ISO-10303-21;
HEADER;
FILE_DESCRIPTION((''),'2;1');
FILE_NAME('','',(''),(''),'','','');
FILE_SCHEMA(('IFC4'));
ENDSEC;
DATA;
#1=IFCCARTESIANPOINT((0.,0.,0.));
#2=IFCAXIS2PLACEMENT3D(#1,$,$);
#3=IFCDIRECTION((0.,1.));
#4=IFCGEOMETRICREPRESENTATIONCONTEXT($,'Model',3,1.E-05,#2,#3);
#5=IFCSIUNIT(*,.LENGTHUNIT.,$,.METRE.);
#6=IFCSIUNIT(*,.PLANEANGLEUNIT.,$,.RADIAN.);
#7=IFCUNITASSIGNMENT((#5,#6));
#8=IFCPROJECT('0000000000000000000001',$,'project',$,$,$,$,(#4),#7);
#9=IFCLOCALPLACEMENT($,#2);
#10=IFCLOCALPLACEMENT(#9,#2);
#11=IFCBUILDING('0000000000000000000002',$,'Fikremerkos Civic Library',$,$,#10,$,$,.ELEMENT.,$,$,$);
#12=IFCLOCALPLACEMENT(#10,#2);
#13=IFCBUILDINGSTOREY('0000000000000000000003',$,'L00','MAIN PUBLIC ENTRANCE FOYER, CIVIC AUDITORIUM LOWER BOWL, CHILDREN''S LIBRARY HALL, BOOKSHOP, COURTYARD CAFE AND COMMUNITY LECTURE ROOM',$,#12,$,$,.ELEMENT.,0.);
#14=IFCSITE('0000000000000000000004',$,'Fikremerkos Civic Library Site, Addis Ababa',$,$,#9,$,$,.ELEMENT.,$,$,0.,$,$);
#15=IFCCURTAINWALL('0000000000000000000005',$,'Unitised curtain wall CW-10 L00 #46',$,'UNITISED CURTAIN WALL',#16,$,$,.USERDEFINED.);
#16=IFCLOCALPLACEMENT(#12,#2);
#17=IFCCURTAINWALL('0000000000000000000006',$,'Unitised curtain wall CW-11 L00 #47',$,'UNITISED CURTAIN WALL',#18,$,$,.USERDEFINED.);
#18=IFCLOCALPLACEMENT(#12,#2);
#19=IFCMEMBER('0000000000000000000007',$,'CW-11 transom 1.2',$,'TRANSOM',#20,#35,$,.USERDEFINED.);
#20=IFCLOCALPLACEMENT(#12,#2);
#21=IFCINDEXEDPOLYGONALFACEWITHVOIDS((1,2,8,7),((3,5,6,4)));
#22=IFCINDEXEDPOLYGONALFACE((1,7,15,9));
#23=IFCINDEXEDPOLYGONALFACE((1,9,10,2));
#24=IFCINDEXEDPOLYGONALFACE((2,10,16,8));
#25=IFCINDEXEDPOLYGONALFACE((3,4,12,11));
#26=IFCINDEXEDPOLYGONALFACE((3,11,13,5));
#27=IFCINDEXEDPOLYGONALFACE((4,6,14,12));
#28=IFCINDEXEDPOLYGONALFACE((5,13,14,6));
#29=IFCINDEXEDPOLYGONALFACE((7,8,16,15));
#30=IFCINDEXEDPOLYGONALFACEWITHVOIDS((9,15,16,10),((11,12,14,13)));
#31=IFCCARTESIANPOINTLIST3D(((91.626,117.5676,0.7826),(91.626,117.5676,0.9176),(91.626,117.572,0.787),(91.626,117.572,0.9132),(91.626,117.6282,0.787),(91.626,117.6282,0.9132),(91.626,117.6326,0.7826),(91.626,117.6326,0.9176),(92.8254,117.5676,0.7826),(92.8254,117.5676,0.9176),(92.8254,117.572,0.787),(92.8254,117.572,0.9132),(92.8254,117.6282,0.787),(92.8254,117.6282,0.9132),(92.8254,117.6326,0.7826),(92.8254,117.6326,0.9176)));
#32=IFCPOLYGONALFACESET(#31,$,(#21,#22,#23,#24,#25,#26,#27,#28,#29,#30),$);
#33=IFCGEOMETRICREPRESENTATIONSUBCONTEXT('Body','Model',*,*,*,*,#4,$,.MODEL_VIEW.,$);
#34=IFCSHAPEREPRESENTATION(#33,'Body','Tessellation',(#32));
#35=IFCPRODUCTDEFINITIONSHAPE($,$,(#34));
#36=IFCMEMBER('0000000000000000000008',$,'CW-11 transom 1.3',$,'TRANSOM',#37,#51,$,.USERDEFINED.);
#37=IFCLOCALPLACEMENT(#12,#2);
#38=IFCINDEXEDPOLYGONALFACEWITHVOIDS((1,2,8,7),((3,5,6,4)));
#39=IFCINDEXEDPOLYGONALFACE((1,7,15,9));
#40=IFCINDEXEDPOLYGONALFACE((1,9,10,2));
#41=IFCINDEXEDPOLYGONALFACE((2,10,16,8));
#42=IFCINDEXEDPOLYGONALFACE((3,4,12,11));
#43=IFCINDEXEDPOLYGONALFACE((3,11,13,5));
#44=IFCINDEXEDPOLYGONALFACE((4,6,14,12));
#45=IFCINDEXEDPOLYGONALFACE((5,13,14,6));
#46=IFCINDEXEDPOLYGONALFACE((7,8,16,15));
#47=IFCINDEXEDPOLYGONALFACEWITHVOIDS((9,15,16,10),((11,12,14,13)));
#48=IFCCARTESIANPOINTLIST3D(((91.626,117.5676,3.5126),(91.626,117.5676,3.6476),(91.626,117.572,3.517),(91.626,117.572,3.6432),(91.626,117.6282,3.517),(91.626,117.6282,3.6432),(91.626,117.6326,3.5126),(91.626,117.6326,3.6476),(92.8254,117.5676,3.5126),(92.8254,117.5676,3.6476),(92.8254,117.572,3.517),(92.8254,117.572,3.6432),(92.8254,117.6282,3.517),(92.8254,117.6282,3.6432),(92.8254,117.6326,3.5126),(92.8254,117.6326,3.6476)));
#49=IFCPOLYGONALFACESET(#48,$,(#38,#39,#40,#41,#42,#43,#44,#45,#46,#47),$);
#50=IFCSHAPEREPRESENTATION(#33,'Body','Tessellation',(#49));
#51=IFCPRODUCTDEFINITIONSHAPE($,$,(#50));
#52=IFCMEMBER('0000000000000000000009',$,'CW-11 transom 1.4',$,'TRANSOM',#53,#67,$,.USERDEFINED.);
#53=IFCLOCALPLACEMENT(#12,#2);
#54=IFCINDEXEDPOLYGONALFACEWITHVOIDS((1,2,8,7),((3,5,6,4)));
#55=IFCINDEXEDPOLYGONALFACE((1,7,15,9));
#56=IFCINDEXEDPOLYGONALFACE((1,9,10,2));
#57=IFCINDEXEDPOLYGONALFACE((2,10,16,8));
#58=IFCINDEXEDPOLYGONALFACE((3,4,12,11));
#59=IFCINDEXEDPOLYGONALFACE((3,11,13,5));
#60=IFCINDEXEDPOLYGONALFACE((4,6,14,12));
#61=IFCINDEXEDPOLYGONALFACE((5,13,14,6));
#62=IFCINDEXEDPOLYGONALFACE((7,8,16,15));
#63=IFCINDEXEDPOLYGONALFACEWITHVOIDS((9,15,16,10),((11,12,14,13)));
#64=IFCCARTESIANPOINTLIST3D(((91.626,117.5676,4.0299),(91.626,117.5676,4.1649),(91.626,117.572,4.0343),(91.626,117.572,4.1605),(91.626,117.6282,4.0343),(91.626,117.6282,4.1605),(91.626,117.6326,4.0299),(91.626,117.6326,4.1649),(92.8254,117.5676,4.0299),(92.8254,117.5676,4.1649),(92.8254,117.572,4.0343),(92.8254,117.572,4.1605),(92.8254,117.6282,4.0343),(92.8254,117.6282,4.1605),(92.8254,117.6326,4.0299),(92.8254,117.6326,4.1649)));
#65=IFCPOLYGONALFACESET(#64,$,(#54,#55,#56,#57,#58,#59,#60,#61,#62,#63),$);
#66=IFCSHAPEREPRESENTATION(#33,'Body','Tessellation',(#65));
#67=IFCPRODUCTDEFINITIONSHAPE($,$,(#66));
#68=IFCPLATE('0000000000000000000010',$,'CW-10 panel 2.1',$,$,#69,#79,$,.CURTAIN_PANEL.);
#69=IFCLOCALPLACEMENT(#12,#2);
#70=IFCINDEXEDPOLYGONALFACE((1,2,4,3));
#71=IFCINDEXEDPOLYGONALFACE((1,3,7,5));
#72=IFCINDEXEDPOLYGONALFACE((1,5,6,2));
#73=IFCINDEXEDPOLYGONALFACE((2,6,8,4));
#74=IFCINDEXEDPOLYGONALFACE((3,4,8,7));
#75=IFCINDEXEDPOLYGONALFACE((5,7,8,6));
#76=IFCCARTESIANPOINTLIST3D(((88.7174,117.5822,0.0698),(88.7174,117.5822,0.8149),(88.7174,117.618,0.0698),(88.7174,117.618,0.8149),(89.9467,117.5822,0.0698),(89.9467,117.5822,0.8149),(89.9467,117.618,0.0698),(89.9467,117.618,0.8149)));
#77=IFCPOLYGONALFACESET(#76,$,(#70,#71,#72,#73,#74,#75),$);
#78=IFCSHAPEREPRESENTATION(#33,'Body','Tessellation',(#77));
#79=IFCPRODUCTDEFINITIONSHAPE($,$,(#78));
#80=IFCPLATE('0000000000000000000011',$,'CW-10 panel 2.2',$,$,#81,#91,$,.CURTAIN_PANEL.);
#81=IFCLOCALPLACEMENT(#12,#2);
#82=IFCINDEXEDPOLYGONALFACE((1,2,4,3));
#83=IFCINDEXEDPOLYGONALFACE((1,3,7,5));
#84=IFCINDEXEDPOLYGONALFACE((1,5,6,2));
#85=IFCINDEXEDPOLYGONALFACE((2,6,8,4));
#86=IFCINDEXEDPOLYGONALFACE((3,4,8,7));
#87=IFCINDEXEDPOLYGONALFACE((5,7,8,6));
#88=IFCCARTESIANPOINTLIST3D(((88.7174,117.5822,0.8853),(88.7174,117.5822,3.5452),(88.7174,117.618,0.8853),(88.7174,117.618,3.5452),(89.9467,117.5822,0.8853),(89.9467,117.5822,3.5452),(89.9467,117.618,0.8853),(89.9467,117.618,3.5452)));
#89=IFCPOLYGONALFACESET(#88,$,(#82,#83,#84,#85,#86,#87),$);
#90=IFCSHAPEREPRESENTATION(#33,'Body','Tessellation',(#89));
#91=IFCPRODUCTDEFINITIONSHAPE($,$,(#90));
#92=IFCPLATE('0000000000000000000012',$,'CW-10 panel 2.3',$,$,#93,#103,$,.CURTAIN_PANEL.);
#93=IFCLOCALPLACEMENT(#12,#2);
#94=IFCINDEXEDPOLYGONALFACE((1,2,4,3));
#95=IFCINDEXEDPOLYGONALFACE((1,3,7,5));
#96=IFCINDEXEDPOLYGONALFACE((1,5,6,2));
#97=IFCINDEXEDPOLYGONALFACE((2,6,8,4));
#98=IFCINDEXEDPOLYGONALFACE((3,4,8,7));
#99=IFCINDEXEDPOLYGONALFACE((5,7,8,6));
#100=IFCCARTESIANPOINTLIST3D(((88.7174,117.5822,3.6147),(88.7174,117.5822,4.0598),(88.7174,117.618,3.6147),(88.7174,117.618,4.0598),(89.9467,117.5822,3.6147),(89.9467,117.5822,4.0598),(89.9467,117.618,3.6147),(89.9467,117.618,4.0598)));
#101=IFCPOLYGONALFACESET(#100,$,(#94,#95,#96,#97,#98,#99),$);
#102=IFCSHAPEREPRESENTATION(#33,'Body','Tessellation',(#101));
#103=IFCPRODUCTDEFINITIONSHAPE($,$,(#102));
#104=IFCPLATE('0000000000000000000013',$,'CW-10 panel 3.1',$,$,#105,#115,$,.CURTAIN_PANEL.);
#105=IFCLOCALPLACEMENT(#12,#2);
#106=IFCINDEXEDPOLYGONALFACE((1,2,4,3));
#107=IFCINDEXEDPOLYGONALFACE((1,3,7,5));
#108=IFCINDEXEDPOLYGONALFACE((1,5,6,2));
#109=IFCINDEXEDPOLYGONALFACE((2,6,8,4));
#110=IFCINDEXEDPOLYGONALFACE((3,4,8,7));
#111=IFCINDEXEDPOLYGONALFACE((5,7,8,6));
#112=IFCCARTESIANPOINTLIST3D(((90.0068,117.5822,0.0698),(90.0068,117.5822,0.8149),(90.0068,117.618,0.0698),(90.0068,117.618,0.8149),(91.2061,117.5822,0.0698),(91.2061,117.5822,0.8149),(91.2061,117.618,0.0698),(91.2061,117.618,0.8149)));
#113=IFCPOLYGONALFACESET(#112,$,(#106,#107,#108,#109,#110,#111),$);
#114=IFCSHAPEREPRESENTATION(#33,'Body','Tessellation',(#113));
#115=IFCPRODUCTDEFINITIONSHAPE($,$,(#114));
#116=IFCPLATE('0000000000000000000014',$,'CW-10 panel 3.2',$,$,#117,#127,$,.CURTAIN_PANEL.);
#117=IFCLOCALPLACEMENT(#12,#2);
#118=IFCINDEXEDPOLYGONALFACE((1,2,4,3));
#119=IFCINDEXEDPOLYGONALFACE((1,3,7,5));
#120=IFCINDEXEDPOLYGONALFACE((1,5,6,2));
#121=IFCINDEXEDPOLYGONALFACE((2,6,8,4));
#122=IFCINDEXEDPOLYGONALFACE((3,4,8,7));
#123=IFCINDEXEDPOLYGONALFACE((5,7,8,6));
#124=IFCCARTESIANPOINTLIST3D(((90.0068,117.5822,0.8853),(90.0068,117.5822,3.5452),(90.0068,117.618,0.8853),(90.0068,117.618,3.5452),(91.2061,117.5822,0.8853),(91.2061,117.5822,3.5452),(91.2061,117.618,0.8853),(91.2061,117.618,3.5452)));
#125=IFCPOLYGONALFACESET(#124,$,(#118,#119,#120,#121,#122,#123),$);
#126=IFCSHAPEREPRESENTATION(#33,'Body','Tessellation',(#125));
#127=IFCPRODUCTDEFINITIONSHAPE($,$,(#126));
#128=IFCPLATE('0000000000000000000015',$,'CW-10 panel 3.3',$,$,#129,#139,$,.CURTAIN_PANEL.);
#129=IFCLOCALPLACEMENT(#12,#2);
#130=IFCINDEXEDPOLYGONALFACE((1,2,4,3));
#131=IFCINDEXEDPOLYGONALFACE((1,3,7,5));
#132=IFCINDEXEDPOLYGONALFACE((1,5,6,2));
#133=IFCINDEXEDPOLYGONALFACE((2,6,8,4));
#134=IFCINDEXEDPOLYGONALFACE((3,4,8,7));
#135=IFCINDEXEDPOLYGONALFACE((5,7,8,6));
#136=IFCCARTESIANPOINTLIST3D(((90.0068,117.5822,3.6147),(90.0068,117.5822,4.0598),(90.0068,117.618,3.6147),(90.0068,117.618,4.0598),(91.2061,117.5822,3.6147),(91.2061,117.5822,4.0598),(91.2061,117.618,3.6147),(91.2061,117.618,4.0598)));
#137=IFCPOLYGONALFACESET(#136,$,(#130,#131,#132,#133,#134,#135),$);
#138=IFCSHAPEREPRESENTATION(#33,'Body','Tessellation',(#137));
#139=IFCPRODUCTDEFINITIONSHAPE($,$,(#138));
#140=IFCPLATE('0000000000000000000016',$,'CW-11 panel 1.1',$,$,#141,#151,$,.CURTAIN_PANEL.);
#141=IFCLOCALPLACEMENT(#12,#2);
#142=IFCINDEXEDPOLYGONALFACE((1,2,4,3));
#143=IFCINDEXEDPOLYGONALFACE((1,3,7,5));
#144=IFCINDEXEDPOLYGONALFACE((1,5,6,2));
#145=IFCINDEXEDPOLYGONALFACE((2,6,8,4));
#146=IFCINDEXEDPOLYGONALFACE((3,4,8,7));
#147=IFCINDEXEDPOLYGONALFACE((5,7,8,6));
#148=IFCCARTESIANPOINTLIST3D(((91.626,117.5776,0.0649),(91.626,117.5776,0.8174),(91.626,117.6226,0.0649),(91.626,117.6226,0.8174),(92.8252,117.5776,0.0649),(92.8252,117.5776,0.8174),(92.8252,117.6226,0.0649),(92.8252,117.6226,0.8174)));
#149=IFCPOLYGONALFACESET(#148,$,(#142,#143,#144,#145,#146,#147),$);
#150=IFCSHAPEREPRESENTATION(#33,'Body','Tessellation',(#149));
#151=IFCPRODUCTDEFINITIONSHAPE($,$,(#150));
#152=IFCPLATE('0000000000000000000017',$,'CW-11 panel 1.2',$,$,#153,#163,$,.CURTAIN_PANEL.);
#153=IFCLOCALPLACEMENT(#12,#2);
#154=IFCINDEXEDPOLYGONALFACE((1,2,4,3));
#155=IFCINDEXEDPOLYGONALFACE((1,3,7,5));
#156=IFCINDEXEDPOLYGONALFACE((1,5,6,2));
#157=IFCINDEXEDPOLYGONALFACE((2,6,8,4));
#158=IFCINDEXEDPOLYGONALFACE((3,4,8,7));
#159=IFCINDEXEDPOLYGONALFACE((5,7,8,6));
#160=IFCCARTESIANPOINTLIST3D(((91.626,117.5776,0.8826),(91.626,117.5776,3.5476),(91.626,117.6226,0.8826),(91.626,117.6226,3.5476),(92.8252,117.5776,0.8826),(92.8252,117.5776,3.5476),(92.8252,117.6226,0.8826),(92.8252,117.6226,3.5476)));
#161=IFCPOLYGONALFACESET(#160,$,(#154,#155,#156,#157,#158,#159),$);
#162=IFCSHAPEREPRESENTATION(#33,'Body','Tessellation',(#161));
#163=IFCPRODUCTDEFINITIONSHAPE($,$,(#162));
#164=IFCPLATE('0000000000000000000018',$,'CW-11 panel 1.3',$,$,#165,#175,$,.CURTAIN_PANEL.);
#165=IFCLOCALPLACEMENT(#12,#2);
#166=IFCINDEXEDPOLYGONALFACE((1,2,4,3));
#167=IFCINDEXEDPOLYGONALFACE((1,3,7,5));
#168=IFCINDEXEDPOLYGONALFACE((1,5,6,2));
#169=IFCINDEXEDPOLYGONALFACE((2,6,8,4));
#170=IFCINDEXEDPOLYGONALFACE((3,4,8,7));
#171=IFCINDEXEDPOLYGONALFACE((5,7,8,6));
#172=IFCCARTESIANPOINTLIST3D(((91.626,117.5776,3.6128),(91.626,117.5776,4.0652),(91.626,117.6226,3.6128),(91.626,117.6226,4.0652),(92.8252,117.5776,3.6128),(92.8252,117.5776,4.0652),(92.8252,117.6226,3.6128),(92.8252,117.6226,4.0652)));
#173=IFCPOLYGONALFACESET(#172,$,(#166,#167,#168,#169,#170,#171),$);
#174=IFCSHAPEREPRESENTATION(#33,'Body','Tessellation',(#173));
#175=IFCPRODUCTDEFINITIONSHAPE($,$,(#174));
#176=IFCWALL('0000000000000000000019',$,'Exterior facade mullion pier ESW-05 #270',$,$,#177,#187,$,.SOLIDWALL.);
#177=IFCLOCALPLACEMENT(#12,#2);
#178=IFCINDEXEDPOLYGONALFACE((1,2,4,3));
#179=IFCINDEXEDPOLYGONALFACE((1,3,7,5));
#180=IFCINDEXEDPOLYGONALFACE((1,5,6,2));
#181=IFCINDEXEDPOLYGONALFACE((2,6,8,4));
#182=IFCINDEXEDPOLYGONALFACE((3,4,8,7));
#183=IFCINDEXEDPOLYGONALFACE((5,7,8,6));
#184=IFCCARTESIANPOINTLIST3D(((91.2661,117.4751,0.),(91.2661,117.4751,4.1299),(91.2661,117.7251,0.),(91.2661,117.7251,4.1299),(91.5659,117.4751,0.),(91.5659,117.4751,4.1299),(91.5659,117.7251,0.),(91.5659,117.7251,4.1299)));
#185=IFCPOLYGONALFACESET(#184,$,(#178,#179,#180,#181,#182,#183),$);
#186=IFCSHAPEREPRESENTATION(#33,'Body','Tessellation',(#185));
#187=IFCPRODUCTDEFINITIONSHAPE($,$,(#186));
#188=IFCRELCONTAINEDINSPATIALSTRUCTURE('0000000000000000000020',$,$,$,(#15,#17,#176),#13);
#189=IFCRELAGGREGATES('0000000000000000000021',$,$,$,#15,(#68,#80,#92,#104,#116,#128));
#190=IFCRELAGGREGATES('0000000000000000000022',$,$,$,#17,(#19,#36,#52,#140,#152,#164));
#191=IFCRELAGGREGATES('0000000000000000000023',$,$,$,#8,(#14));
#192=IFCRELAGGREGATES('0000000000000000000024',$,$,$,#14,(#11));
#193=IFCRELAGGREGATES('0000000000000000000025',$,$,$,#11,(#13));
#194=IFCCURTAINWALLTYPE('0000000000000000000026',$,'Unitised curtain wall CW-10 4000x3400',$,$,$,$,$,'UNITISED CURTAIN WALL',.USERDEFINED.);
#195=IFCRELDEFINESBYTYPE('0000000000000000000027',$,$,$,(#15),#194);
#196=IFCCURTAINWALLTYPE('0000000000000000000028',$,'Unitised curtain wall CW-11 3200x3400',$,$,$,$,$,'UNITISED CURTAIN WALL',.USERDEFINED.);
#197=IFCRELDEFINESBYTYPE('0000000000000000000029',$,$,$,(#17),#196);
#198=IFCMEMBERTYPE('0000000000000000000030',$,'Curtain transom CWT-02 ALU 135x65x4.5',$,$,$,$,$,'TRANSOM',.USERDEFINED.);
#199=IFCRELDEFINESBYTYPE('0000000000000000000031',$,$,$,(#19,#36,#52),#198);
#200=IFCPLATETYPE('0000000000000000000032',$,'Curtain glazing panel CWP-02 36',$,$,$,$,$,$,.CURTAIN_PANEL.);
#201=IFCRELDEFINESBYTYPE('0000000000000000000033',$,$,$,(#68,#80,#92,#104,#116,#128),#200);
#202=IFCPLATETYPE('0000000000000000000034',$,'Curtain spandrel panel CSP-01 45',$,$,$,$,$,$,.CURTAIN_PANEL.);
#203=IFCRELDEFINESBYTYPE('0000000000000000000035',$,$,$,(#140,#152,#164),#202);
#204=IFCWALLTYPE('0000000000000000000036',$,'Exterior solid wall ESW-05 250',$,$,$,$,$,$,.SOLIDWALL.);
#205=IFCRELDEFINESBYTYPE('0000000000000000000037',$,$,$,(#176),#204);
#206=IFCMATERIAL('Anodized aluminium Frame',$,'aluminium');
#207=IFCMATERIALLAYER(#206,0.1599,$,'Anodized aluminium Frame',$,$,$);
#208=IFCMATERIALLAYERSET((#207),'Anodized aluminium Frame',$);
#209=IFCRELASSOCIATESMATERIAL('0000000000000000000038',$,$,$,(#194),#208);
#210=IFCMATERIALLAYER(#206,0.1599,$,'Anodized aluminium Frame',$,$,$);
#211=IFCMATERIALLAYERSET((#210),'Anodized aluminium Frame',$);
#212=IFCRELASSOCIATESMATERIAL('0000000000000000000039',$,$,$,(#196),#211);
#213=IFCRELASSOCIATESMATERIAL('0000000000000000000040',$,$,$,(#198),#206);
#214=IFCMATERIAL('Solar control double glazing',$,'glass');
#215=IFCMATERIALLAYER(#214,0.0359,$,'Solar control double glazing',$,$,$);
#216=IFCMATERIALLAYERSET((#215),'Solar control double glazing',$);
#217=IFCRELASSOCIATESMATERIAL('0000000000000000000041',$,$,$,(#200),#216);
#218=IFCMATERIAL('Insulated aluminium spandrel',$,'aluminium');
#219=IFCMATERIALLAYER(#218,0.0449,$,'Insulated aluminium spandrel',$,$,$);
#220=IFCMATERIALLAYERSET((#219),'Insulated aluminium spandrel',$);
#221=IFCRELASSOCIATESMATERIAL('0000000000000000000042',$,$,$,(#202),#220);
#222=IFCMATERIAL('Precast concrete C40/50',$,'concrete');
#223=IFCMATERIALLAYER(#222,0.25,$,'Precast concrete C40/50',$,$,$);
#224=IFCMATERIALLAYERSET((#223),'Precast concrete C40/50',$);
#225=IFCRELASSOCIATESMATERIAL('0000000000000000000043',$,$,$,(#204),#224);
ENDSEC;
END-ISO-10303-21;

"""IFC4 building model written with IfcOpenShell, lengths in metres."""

from ifc_helpers import new_model, si_unit, direction, frame, frame_2d, origin, origin_2d, place, context, subcontext, project, spatial, rectangle, hollow_rectangle, extrude, material, layer, layer_set, material_profile, profile_set, type_object, element, aggregate, save


model = new_model("IFC4")

# Units and contexts
model_context = context("Model", 3, precision=1e-05, world=origin(), true_north=direction((0.0, 1.0)))
body_context = subcontext(model_context, "Body", "Model", "MODEL_VIEW")
ifc_project = project(units=[si_unit("LENGTHUNIT", "METRE"), si_unit("PLANEANGLEUNIT", "RADIAN")], contexts=[model_context])

# Site, building, storey
site_placement = place(None, origin())
site = spatial("IfcSite", under=ifc_project, at=site_placement, Name="Fikremerkos Civic Library Site, Addis Ababa", CompositionType="ELEMENT", RefElevation=0.0)
building_placement = place(site_placement, origin())
building = spatial("IfcBuilding", under=site, at=building_placement, Name="Fikremerkos Civic Library", CompositionType="ELEMENT")
storey_placement = place(building_placement, origin())
storey = spatial("IfcBuildingStorey", under=building, at=storey_placement, Name="L00", Description="MAIN PUBLIC ENTRANCE FOYER, CIVIC AUDITORIUM LOWER BOWL, CHILDREN'S LIBRARY HALL, BOOKSHOP, COURTYARD CAFE AND COMMUNITY LECTURE ROOM", CompositionType="ELEMENT", Elevation=0.0)

# Curtain wall
ifc_material_1 = material(Name="Anodized aluminium Frame", Category="aluminium")
ifc_layer_1 = layer(ifc_material_1, 0.1599, Name="Anodized aluminium Frame")
ifc_layer_set_1 = layer_set([ifc_layer_1], Name="Anodized aluminium Frame")
curtain_wall_type_1 = type_object("IfcCurtainWallType", Name="Unitised curtain wall CW-10 4000x3400", ElementType="UNITISED CURTAIN WALL", PredefinedType="USERDEFINED", material=ifc_layer_set_1)
curtain_wall_1_placement = place(storey_placement, origin())
curtain_wall_1 = element("IfcCurtainWall", 1, at=curtain_wall_1_placement, inside=storey, type_object=curtain_wall_type_1, Name="Unitised curtain wall CW-10 L00 #46", ObjectType="UNITISED CURTAIN WALL", PredefinedType="USERDEFINED")

# Curtain wall
ifc_layer_2 = layer(ifc_material_1, 0.1599, Name="Anodized aluminium Frame")
ifc_layer_set_2 = layer_set([ifc_layer_2], Name="Anodized aluminium Frame")
curtain_wall_type_2 = type_object("IfcCurtainWallType", Name="Unitised curtain wall CW-11 3200x3400", ElementType="UNITISED CURTAIN WALL", PredefinedType="USERDEFINED", material=ifc_layer_set_2)
curtain_wall_2_placement = place(storey_placement, origin())
curtain_wall_2 = element("IfcCurtainWall", 2, at=curtain_wall_2_placement, inside=storey, type_object=curtain_wall_type_2, Name="Unitised curtain wall CW-11 L00 #47", ObjectType="UNITISED CURTAIN WALL", PredefinedType="USERDEFINED")

# Members
ifc_material_profile_1 = material_profile(ifc_material_1, hollow_rectangle(XDim=0.0649, YDim=0.135, WallThickness=0.0044, at=origin_2d()), Name="ALU 135x65x4.5")
ifc_profile_set_1 = profile_set([ifc_material_profile_1], Name="Anodized aluminium Frame")
member_type_1 = type_object("IfcMemberType", Name="Curtain transom CWT-02 ALU 135x65x4.5", ElementType="TRANSOM", PredefinedType="USERDEFINED", material=ifc_profile_set_1)
member_1_placement = place(storey_placement, frame((91.626, 117.6001, 0.8501), z_axis=(1.0, 0.0, 0.0), x_axis=(0.0, 1.0, 0.0)))
member_1 = element("IfcMember", 3, at=member_1_placement, type_object=member_type_1, Name="CW-11 transom 1.2", ObjectType="TRANSOM", PredefinedType="USERDEFINED", context=body_context, shape_type="SweptSolid", body=[
    extrude(hollow_rectangle(XDim=0.0649, YDim=0.135, WallThickness=0.0044, at=origin_2d()), origin(), (0.0, 0.0, 1.0), 1.1995),
])
member_2_placement = place(storey_placement, frame((91.626, 117.6001, 3.5801), z_axis=(1.0, 0.0, 0.0), x_axis=(0.0, 1.0, 0.0)))
member_2 = element("IfcMember", 4, at=member_2_placement, type_object=member_type_1, Name="CW-11 transom 1.3", ObjectType="TRANSOM", PredefinedType="USERDEFINED", context=body_context, shape_type="SweptSolid", body=[
    extrude(hollow_rectangle(XDim=0.0649, YDim=0.135, WallThickness=0.0044, at=origin_2d()), origin(), (0.0, 0.0, 1.0), 1.1995),
])
member_3_placement = place(storey_placement, frame((91.626, 117.6001, 4.0974), z_axis=(1.0, 0.0, 0.0), x_axis=(0.0, 1.0, 0.0)))
member_3 = element("IfcMember", 5, at=member_3_placement, type_object=member_type_1, Name="CW-11 transom 1.4", ObjectType="TRANSOM", PredefinedType="USERDEFINED", context=body_context, shape_type="SweptSolid", body=[
    extrude(hollow_rectangle(XDim=0.0649, YDim=0.135, WallThickness=0.0044, at=origin_2d()), origin(), (0.0, 0.0, 1.0), 1.1995),
])

# Plates
ifc_material_2 = material(Name="Solar control double glazing", Category="glass")
ifc_layer_3 = layer(ifc_material_2, 0.0359, Name="Solar control double glazing")
ifc_layer_set_3 = layer_set([ifc_layer_3], Name="Solar control double glazing")
plate_type_1 = type_object("IfcPlateType", Name="Curtain glazing panel CWP-02 36", PredefinedType="CURTAIN_PANEL", material=ifc_layer_set_3)
plate_1_placement = place(storey_placement, frame((89.332, 117.6001, 0.0698), z_axis=(0.0, 0.0, 1.0), x_axis=(1.0, 0.0, 0.0)))
plate_1 = element("IfcPlate", 6, at=plate_1_placement, type_object=plate_type_1, Name="CW-10 panel 2.1", PredefinedType="CURTAIN_PANEL", context=body_context, shape_type="SweptSolid", body=[
    extrude(rectangle(XDim=1.2292, YDim=0.0359, at=origin_2d()), origin(), (0.0, 0.0, 1.0), 0.7451),
])
plate_2_placement = place(storey_placement, frame((89.332, 117.6001, 0.8853), z_axis=(0.0, 0.0, 1.0), x_axis=(1.0, 0.0, 0.0)))
plate_2 = element("IfcPlate", 7, at=plate_2_placement, type_object=plate_type_1, Name="CW-10 panel 2.2", PredefinedType="CURTAIN_PANEL", context=body_context, shape_type="SweptSolid", body=[
    extrude(rectangle(XDim=1.2292, YDim=0.0359, at=origin_2d()), origin(), (0.0, 0.0, 1.0), 2.6599),
])
plate_3_placement = place(storey_placement, frame((89.332, 117.6001, 3.6147), z_axis=(0.0, 0.0, 1.0), x_axis=(1.0, 0.0, 0.0)))
plate_3 = element("IfcPlate", 8, at=plate_3_placement, type_object=plate_type_1, Name="CW-10 panel 2.3", PredefinedType="CURTAIN_PANEL", context=body_context, shape_type="SweptSolid", body=[
    extrude(rectangle(XDim=1.2292, YDim=0.0359, at=origin_2d()), origin(), (0.0, 0.0, 1.0), 0.4451),
])
plate_4_placement = place(storey_placement, frame((90.6064, 117.6001, 0.0698), z_axis=(0.0, 0.0, 1.0), x_axis=(1.0, 0.0, 0.0)))
plate_4 = element("IfcPlate", 9, at=plate_4_placement, type_object=plate_type_1, Name="CW-10 panel 3.1", PredefinedType="CURTAIN_PANEL", context=body_context, shape_type="SweptSolid", body=[
    extrude(rectangle(XDim=1.1992, YDim=0.0359, at=origin_2d()), origin(), (0.0, 0.0, 1.0), 0.7451),
])
plate_5_placement = place(storey_placement, frame((90.6064, 117.6001, 0.8853), z_axis=(0.0, 0.0, 1.0), x_axis=(1.0, 0.0, 0.0)))
plate_5 = element("IfcPlate", 10, at=plate_5_placement, type_object=plate_type_1, Name="CW-10 panel 3.2", PredefinedType="CURTAIN_PANEL", context=body_context, shape_type="SweptSolid", body=[
    extrude(rectangle(XDim=1.1992, YDim=0.0359, at=origin_2d()), origin(), (0.0, 0.0, 1.0), 2.6599),
])
plate_6_placement = place(storey_placement, frame((90.6064, 117.6001, 3.6147), z_axis=(0.0, 0.0, 1.0), x_axis=(1.0, 0.0, 0.0)))
plate_6 = element("IfcPlate", 11, at=plate_6_placement, type_object=plate_type_1, Name="CW-10 panel 3.3", PredefinedType="CURTAIN_PANEL", context=body_context, shape_type="SweptSolid", body=[
    extrude(rectangle(XDim=1.1992, YDim=0.0359, at=origin_2d()), origin(), (0.0, 0.0, 1.0), 0.4451),
])
aggregate(curtain_wall_1, [plate_1, plate_2, plate_3, plate_4, plate_5, plate_6])
ifc_material_3 = material(Name="Insulated aluminium spandrel", Category="aluminium")
ifc_layer_4 = layer(ifc_material_3, 0.0449, Name="Insulated aluminium spandrel")
ifc_layer_set_4 = layer_set([ifc_layer_4], Name="Insulated aluminium spandrel")
plate_type_2 = type_object("IfcPlateType", Name="Curtain spandrel panel CSP-01 45", PredefinedType="CURTAIN_PANEL", material=ifc_layer_set_4)
plate_7_placement = place(storey_placement, frame((92.2256, 117.6001, 0.0649), z_axis=(0.0, 0.0, 1.0), x_axis=(1.0, 0.0, 0.0)))
plate_7 = element("IfcPlate", 12, at=plate_7_placement, type_object=plate_type_2, Name="CW-11 panel 1.1", PredefinedType="CURTAIN_PANEL", context=body_context, shape_type="SweptSolid", body=[
    extrude(rectangle(XDim=1.1992, YDim=0.0449, at=origin_2d()), origin(), (0.0, 0.0, 1.0), 0.7524),
])
plate_8_placement = place(storey_placement, frame((92.2256, 117.6001, 0.8826), z_axis=(0.0, 0.0, 1.0), x_axis=(1.0, 0.0, 0.0)))
plate_8 = element("IfcPlate", 13, at=plate_8_placement, type_object=plate_type_2, Name="CW-11 panel 1.2", PredefinedType="CURTAIN_PANEL", context=body_context, shape_type="SweptSolid", body=[
    extrude(rectangle(XDim=1.1992, YDim=0.0449, at=origin_2d()), origin(), (0.0, 0.0, 1.0), 2.665),
])
plate_9_placement = place(storey_placement, frame((92.2256, 117.6001, 3.6128), z_axis=(0.0, 0.0, 1.0), x_axis=(1.0, 0.0, 0.0)))
plate_9 = element("IfcPlate", 14, at=plate_9_placement, type_object=plate_type_2, Name="CW-11 panel 1.3", PredefinedType="CURTAIN_PANEL", context=body_context, shape_type="SweptSolid", body=[
    extrude(rectangle(XDim=1.1992, YDim=0.0449, at=origin_2d()), origin(), (0.0, 0.0, 1.0), 0.4524),
])
aggregate(curtain_wall_2, [member_1, member_2, member_3, plate_7, plate_8, plate_9])

# Wall
ifc_material_4 = material(Name="Precast concrete C40/50", Category="concrete")
ifc_layer_5 = layer(ifc_material_4, 0.25, Name="Precast concrete C40/50")
ifc_layer_set_5 = layer_set([ifc_layer_5], Name="Precast concrete C40/50")
wall_type = type_object("IfcWallType", Name="Exterior solid wall ESW-05 250", PredefinedType="SOLIDWALL", material=ifc_layer_set_5)
wall_placement = place(storey_placement, frame((91.2661, 117.6001, 0.0), z_axis=(0.0, 0.0, 1.0), x_axis=(1.0, 0.0, 0.0)))
element("IfcWall", 15, at=wall_placement, inside=storey, type_object=wall_type, Name="Exterior facade mullion pier ESW-05 #270", PredefinedType="SOLIDWALL", context=body_context, shape_type="SweptSolid", body=[
    extrude(rectangle(XDim=0.2998, YDim=0.25, at=frame_2d((0.1499, 0.0))), origin(), (0.0, 0.0, 1.0), 4.1299),
])

save(model, "model.ifc")
